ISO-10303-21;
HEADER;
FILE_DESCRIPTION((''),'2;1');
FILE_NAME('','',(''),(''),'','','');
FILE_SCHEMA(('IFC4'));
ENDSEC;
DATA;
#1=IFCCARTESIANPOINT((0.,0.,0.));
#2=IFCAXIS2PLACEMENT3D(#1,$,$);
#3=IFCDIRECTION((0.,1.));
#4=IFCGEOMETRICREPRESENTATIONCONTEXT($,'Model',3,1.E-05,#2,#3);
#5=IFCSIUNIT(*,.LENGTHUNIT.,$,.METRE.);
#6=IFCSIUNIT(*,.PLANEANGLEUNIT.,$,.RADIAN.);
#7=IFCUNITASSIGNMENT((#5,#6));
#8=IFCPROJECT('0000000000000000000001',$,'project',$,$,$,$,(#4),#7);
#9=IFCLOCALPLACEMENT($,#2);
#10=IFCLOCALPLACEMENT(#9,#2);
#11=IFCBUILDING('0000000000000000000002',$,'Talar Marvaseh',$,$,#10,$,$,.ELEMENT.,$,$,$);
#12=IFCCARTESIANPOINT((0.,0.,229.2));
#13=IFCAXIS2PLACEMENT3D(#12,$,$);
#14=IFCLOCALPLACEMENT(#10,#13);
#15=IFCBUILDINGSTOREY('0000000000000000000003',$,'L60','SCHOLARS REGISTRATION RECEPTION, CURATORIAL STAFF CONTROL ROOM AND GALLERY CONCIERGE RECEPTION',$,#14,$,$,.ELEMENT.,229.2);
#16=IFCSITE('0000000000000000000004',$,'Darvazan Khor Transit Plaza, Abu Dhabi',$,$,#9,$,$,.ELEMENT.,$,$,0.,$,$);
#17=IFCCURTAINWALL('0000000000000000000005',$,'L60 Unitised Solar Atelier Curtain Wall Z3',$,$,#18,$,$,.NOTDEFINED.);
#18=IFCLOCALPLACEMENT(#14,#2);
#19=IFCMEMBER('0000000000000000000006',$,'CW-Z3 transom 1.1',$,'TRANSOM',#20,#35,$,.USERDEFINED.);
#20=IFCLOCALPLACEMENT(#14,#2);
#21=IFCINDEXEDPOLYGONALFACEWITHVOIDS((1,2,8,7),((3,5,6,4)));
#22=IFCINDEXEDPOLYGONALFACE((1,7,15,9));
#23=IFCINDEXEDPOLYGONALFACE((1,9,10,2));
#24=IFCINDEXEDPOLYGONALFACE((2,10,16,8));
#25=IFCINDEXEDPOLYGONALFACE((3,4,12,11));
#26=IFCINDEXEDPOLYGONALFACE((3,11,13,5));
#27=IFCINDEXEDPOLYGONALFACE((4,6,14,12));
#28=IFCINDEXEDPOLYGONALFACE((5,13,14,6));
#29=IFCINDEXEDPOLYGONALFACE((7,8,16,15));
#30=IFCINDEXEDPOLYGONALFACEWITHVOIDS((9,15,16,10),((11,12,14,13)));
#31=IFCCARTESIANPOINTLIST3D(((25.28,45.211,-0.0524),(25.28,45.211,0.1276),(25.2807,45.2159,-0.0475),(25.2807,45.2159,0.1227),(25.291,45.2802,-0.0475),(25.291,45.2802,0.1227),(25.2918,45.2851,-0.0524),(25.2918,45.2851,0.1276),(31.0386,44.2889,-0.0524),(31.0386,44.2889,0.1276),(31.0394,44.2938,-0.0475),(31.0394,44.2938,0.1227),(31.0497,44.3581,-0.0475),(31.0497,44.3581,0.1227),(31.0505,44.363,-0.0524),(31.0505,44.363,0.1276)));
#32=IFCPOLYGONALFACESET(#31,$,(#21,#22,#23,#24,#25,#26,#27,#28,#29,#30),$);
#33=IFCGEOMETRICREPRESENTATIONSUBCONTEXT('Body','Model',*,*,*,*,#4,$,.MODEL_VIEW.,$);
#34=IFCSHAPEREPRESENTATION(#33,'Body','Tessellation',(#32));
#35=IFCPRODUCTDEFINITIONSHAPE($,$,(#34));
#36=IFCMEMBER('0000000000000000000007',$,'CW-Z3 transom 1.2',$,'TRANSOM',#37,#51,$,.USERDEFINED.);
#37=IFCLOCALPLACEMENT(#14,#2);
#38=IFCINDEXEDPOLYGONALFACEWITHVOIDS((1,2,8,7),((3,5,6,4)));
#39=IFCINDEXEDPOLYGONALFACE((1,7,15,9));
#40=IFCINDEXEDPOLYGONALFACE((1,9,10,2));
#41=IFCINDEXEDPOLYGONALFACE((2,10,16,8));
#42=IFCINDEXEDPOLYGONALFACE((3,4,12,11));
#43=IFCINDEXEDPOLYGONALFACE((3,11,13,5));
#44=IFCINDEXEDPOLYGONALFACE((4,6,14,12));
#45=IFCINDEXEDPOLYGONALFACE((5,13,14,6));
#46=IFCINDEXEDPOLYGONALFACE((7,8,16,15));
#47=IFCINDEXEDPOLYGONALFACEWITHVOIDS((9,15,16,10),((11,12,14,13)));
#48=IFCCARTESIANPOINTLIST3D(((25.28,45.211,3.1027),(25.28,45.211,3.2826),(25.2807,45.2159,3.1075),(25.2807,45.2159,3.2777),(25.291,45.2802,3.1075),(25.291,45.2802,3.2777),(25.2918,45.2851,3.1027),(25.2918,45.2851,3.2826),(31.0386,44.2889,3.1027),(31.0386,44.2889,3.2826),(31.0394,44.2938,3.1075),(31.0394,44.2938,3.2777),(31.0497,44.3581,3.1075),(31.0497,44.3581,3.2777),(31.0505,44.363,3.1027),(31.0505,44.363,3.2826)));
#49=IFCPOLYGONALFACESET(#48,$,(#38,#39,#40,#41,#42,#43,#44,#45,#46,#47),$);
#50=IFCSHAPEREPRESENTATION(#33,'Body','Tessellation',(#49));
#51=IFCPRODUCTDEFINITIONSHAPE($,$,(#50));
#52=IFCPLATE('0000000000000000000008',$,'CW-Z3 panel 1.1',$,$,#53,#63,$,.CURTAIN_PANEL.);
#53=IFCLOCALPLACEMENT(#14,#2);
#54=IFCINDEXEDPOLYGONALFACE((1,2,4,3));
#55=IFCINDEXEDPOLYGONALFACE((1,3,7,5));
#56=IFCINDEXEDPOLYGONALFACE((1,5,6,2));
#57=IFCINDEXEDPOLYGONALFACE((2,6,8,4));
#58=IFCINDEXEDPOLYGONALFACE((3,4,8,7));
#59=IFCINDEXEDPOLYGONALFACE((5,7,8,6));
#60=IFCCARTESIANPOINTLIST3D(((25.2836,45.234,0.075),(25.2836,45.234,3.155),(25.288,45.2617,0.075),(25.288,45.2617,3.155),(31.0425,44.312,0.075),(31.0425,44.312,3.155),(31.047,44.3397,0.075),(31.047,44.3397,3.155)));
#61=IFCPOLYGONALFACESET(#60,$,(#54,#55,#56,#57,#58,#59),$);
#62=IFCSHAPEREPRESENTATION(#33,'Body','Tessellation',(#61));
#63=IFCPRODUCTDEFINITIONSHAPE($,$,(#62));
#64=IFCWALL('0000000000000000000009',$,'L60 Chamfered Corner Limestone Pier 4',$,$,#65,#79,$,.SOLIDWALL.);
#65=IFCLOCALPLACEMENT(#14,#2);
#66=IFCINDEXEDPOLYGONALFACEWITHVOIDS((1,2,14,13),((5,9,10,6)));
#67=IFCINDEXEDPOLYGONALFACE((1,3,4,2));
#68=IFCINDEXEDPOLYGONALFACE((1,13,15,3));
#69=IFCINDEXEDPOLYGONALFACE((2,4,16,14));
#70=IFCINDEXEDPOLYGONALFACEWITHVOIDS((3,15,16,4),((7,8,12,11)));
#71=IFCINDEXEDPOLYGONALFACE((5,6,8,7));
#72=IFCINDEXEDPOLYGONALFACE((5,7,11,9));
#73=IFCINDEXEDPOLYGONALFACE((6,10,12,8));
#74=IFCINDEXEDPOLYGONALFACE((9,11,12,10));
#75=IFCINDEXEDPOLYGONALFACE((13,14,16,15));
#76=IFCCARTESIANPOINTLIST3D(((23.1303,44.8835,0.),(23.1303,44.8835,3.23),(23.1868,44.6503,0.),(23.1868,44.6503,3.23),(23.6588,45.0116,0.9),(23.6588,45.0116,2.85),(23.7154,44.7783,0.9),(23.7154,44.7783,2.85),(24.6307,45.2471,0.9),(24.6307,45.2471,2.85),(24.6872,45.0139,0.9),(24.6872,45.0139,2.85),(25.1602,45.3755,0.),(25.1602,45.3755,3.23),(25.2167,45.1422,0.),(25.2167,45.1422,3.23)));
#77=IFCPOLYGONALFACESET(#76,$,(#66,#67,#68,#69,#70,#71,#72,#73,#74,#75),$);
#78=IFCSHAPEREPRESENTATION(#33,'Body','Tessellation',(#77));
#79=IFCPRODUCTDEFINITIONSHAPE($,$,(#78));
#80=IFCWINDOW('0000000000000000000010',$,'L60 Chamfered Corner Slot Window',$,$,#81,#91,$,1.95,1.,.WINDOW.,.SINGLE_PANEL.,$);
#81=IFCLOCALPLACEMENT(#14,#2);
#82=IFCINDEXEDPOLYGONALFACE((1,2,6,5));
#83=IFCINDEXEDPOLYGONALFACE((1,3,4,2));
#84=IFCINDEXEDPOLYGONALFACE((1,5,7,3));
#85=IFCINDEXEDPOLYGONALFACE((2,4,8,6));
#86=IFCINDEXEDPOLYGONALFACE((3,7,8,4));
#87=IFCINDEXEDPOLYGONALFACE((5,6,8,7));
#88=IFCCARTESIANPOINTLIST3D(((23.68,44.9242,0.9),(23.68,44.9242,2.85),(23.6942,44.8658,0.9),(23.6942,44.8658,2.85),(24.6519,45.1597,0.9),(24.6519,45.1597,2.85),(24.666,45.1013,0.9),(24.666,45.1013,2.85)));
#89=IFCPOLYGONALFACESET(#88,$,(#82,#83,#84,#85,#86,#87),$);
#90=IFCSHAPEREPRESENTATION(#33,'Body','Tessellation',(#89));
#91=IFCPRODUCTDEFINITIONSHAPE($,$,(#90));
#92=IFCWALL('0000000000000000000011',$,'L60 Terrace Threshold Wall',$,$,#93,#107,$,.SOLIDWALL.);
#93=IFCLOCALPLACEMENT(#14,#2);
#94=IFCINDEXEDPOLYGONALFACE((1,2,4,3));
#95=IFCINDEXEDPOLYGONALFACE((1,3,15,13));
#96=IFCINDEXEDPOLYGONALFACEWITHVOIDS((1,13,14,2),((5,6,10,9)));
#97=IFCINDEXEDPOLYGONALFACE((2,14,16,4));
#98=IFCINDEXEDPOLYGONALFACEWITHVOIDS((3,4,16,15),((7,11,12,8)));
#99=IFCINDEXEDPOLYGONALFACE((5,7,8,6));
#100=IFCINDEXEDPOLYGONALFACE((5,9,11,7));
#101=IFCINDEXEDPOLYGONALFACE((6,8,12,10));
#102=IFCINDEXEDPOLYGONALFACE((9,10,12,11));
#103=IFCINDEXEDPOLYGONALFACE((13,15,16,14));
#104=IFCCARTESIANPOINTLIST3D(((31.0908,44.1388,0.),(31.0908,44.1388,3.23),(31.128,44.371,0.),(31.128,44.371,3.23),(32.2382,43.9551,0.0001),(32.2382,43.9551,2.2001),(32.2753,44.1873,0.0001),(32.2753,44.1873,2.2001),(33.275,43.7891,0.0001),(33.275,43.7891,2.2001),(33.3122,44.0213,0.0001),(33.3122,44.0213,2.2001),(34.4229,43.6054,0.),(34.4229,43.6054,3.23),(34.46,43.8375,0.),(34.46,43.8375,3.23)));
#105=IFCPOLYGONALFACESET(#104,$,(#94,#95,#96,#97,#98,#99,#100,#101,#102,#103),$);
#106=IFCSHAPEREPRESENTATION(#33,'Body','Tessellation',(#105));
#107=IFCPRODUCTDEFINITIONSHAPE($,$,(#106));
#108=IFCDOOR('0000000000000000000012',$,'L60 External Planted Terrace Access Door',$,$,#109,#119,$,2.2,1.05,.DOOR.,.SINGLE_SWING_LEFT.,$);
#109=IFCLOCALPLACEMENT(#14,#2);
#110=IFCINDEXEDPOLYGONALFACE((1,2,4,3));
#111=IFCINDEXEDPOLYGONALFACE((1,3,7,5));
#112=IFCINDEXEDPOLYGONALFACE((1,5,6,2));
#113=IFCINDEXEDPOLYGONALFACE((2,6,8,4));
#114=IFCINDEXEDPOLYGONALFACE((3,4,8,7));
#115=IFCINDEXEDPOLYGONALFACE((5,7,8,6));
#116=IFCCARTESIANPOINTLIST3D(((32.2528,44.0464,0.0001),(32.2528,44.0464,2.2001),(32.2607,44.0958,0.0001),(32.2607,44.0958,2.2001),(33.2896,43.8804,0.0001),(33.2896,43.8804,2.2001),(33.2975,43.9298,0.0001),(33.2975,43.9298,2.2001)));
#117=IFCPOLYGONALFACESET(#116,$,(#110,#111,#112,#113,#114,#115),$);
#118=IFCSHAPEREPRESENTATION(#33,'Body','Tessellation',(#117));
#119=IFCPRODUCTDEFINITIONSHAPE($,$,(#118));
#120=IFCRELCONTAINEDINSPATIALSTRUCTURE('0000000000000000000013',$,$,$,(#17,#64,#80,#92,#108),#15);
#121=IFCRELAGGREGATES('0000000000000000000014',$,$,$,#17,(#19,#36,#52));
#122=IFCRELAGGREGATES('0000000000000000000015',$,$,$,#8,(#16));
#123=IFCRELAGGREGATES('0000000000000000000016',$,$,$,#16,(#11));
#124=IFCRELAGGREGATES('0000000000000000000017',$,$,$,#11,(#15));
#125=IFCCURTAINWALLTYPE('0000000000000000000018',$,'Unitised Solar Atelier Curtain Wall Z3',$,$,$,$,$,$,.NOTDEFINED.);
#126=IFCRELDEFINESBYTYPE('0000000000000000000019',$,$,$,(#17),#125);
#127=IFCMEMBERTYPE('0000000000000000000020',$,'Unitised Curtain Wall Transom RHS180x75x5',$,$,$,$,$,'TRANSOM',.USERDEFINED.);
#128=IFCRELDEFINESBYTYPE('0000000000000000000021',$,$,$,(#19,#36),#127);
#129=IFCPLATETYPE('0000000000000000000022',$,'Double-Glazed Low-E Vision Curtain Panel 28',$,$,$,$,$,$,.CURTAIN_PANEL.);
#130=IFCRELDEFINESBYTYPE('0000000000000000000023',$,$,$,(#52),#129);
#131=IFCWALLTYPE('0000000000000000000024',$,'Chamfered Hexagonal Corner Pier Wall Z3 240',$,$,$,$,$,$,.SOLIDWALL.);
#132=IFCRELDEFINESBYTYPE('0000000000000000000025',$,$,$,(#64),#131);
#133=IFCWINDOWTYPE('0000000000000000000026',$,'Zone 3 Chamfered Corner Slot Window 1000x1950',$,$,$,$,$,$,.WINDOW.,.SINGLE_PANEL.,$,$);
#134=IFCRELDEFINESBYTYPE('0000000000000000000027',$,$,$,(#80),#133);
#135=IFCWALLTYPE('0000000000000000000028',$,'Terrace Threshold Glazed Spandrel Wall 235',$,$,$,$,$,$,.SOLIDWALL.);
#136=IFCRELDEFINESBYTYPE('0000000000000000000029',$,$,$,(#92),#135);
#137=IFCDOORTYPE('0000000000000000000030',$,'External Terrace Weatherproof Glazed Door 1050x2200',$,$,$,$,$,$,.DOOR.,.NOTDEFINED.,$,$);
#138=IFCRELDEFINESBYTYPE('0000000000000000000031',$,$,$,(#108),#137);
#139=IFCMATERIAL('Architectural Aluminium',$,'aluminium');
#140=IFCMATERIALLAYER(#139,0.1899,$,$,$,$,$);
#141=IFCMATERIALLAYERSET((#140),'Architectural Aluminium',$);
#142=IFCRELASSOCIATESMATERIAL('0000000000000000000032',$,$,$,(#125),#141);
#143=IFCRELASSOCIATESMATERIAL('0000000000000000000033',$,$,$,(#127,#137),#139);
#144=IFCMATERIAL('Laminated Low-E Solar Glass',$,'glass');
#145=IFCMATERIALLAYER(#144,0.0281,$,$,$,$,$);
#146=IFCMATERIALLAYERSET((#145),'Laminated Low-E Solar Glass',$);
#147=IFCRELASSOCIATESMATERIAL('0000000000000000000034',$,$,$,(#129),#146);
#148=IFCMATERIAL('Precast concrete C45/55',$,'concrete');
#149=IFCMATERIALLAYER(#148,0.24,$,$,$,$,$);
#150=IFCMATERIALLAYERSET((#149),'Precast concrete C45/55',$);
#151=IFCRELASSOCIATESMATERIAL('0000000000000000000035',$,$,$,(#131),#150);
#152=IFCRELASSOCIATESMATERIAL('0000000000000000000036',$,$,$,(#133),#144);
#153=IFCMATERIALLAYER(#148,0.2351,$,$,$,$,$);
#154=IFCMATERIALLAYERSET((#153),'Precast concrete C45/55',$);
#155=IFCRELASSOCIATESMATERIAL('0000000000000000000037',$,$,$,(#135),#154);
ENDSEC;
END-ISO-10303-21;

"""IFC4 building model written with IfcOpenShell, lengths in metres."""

from ifc_helpers import new_model, si_unit, direction, frame, frame_2d, origin, origin_2d, place, context, subcontext, project, spatial, rectangle, hollow_rectangle, extrude, source, transform, mapped, material, layer, layer_set, material_profile, profile_set, type_object, type_shapes, element, fill, aggregate, save


model = new_model("IFC4")

# Units and contexts
model_context = context("Model", 3, precision=1e-05, world=origin(), true_north=direction((0.0, 1.0)))
body_context = subcontext(model_context, "Body", "Model", "MODEL_VIEW")
ifc_project = project(units=[si_unit("LENGTHUNIT", "METRE"), si_unit("PLANEANGLEUNIT", "RADIAN")], contexts=[model_context])

# Site, building, storey
site_placement = place(None, origin())
site = spatial("IfcSite", under=ifc_project, at=site_placement, Name="Darvazan Khor Transit Plaza, Abu Dhabi", CompositionType="ELEMENT", RefElevation=0.0)
building_placement = place(site_placement, origin())
building = spatial("IfcBuilding", under=site, at=building_placement, Name="Talar Marvaseh", CompositionType="ELEMENT")
storey_placement = place(building_placement, frame((0.0, 0.0, 229.2)))
storey = spatial("IfcBuildingStorey", under=building, at=storey_placement, Name="L60", Description="SCHOLARS REGISTRATION RECEPTION, CURATORIAL STAFF CONTROL ROOM AND GALLERY CONCIERGE RECEPTION", CompositionType="ELEMENT", Elevation=229.2)

# Shared definitions
ifc_material_1 = material(Name="Architectural Aluminium", Category="aluminium")
ifc_layer_1 = layer(ifc_material_1, 0.1899)
ifc_layer_set_1 = layer_set([ifc_layer_1], Name="Architectural Aluminium")
curtain_wall_type = type_object("IfcCurtainWallType", Name="Unitised Solar Atelier Curtain Wall Z3", PredefinedType="NOTDEFINED", material=ifc_layer_set_1)

# Curtain wall
curtain_wall_1_placement = place(storey_placement, origin())
curtain_wall_1 = element("IfcCurtainWall", 1, at=curtain_wall_1_placement, inside=storey, type_object=curtain_wall_type, Name="L60 Unitised Solar Atelier Curtain Wall Z3", PredefinedType="NOTDEFINED")

# Members
ifc_material_profile_1 = material_profile(ifc_material_1, hollow_rectangle(XDim=0.075, YDim=0.1799, WallThickness=0.0049, at=origin_2d()), Name="RHS180x75x5")
ifc_profile_set_1 = profile_set([ifc_material_profile_1], Name="Architectural Aluminium")
member_type_1 = type_object("IfcMemberType", Name="Unitised Curtain Wall Transom RHS180x75x5", ElementType="TRANSOM", PredefinedType="USERDEFINED", material=ifc_profile_set_1)
shared_shape_1 = source(origin(), body_context, "Body", "SweptSolid", [
    extrude(hollow_rectangle(XDim=0.075, YDim=0.1799, WallThickness=0.0049, at=origin_2d()), origin(), (0.0, 0.0, 1.0), 5.832),
])
type_shapes(member_type_1, [shared_shape_1])
member_1_placement = place(storey_placement, frame((25.2859, 45.248, 0.0376), z_axis=(0.987422, -0.15811, 0.0), x_axis=(0.15811, 0.987422, 0.0)))
member_1 = element("IfcMember", 2, at=member_1_placement, type_object=member_type_1, Name="CW-Z3 transom 1.1", ObjectType="TRANSOM", PredefinedType="USERDEFINED", context=body_context, shape_type="MappedRepresentation", body=[
    mapped(shared_shape_1, transform((0.0, 0.0, 0.0), x_axis=(1.0, 0.0, 0.0), y_axis=(0.0, 1.0, 0.0), z_axis=(0.0, 0.0, 1.0), scale=1.0)),
])
member_2_placement = place(storey_placement, frame((25.2859, 45.248, 3.1926), z_axis=(0.987422, -0.15811, 0.0), x_axis=(0.15811, 0.987422, 0.0)))
member_2 = element("IfcMember", 3, at=member_2_placement, type_object=member_type_1, Name="CW-Z3 transom 1.2", ObjectType="TRANSOM", PredefinedType="USERDEFINED", context=body_context, shape_type="MappedRepresentation", body=[
    mapped(shared_shape_1, transform((0.0, 0.0, 0.0), x_axis=(1.0, 0.0, 0.0), y_axis=(0.0, 1.0, 0.0), z_axis=(0.0, 0.0, 1.0), scale=1.0)),
])

# Plate
ifc_material_2 = material(Name="Laminated Low-E Solar Glass", Category="glass")
ifc_layer_2 = layer(ifc_material_2, 0.0281)
ifc_layer_set_2 = layer_set([ifc_layer_2], Name="Laminated Low-E Solar Glass")
plate_type = type_object("IfcPlateType", Name="Double-Glazed Low-E Vision Curtain Panel 28", PredefinedType="CURTAIN_PANEL", material=ifc_layer_set_2)
shared_shape_2 = source(origin(), body_context, "Body", "SweptSolid", [
    extrude(rectangle(XDim=5.8323, YDim=0.0281, at=origin_2d()), origin(), (0.0, 0.0, 1.0), 3.0801),
])
type_shapes(plate_type, [shared_shape_2])
plate_placement = place(storey_placement, frame((28.1653, 44.7869, 0.075), z_axis=(0.0, 0.0, 1.0), x_axis=(0.987426, -0.158085, 0.0)))
plate = element("IfcPlate", 4, at=plate_placement, type_object=plate_type, Name="CW-Z3 panel 1.1", PredefinedType="CURTAIN_PANEL", context=body_context, shape_type="MappedRepresentation", body=[
    mapped(shared_shape_2, transform((0.0, 0.0, 0.0), x_axis=(1.0, 0.0, 0.0), y_axis=(0.0, 1.0, 0.0), z_axis=(0.0, 0.0, 1.0), scale=1.0)),
])
aggregate(curtain_wall_1, [member_1, member_2, plate])

# Wall, opening, window
ifc_material_3 = material(Name="Precast concrete C45/55", Category="concrete")
ifc_layer_3 = layer(ifc_material_3, 0.24)
ifc_layer_set_3 = layer_set([ifc_layer_3], Name="Precast concrete C45/55")
wall_type_1 = type_object("IfcWallType", Name="Chamfered Hexagonal Corner Pier Wall Z3 240", PredefinedType="SOLIDWALL", material=ifc_layer_set_3)
wall_1_placement = place(storey_placement, frame((23.1584, 44.7668, 0.0), z_axis=(0.0, 0.0, 1.0), x_axis=(0.971864, 0.235543, 0.0)))
wall_1 = element("IfcWall", 5, at=wall_1_placement, inside=storey, type_object=wall_type_1, Name="L60 Chamfered Corner Limestone Pier 4", PredefinedType="SOLIDWALL", context=body_context, shape_type="SweptSolid", body=[
    extrude(rectangle(XDim=2.0886, YDim=0.24, at=frame_2d((1.0444, 0.0))), origin(), (0.0, 0.0, 1.0), 3.23),
])
opening_1_placement = place(wall_1_placement, frame((0.5439, 0.0, 0.8999)))
opening_1 = element("IfcOpeningElement", 6, at=opening_1_placement, cuts=wall_1, PredefinedType="OPENING", context=body_context, shape_type="SweptSolid", body=[
    extrude(rectangle(XDim=1.0, YDim=1.95, at=frame_2d((0.5, 0.9751))), frame((0.0, 0.1299, 0.0), z_axis=(0.0, -1.0, 0.0), x_axis=(1.0, 0.0, 0.0)), (0.0, 0.0, 1.0), 0.26),
])
window_type = type_object("IfcWindowType", Name="Zone 3 Chamfered Corner Slot Window 1000x1950", PartitioningType="SINGLE_PANEL", PredefinedType="WINDOW", material=ifc_material_2)
shared_shape_3 = source(origin(), body_context, "Body", "SweptSolid", [
    extrude(rectangle(XDim=1.0, YDim=1.95, at=frame_2d((0.5, 0.9751))), frame((0.0, 0.03, 0.0), z_axis=(0.0, -1.0, 0.0), x_axis=(1.0, 0.0, 0.0)), (0.0, 0.0, 1.0), 0.0601),
])
type_shapes(window_type, [shared_shape_3])
window_placement = place(opening_1_placement, origin())
window = element("IfcWindow", 7, at=window_placement, inside=storey, type_object=window_type, Name="L60 Chamfered Corner Slot Window", OverallHeight=1.95, OverallWidth=1.0, PartitioningType="SINGLE_PANEL", PredefinedType="WINDOW", context=body_context, shape_type="MappedRepresentation", body=[
    mapped(shared_shape_3, transform((0.0, 0.0, 0.0), x_axis=(1.0, 0.0, 0.0), y_axis=(0.0, 1.0, 0.0), z_axis=(0.0, 0.0, 1.0), scale=1.0)),
])
fill(opening_1, window)

# Wall, opening, door
ifc_layer_4 = layer(ifc_material_3, 0.2351)
ifc_layer_set_4 = layer_set([ifc_layer_4], Name="Precast concrete C45/55")
wall_type_2 = type_object("IfcWallType", Name="Terrace Threshold Glazed Spandrel Wall 235", PredefinedType="SOLIDWALL", material=ifc_layer_set_4)
wall_2_placement = place(storey_placement, frame((31.1094, 44.2549, 0.0), z_axis=(0.0, 0.0, 1.0), x_axis=(0.987426, -0.158084, 0.0)))
wall_2 = element("IfcWall", 8, at=wall_2_placement, inside=storey, type_object=wall_type_2, Name="L60 Terrace Threshold Wall", PredefinedType="SOLIDWALL", context=body_context, shape_type="SweptSolid", body=[
    extrude(rectangle(XDim=3.3745, YDim=0.2351, at=frame_2d((1.6873, 0.0))), origin(), (0.0, 0.0, 1.0), 3.23),
])
opening_2_placement = place(wall_2_placement, frame((1.1621, 0.0, 0.0)))
opening_2 = element("IfcOpeningElement", 9, at=opening_2_placement, cuts=wall_2, PredefinedType="OPENING", context=body_context, shape_type="SweptSolid", body=[
    extrude(rectangle(XDim=1.05, YDim=2.2, at=frame_2d((0.5249, 1.1001))), frame((0.0, 0.1274, 0.0), z_axis=(0.0, -1.0, 0.0), x_axis=(1.0, 0.0, 0.0)), (0.0, 0.0, 1.0), 0.2551),
])
door_type_1 = type_object("IfcDoorType", Name="External Terrace Weatherproof Glazed Door 1050x2200", OperationType="NOTDEFINED", PredefinedType="DOOR", material=ifc_material_1)
shared_shape_4 = source(origin(), body_context, "Body", "SweptSolid", [
    extrude(rectangle(XDim=1.05, YDim=2.2, at=frame_2d((0.5249, 1.1001))), frame((0.0, 0.0249, 0.0), z_axis=(0.0, -1.0, 0.0), x_axis=(1.0, 0.0, 0.0)), (0.0, 0.0, 1.0), 0.05),
])
type_shapes(door_type_1, [shared_shape_4])
door_1_placement = place(opening_2_placement, origin())
door_1 = element("IfcDoor", 10, at=door_1_placement, inside=storey, type_object=door_type_1, Name="L60 External Planted Terrace Access Door", OperationType="SINGLE_SWING_LEFT", OverallHeight=2.2, OverallWidth=1.05, PredefinedType="DOOR", context=body_context, shape_type="MappedRepresentation", body=[
    mapped(shared_shape_4, transform((0.0, 0.0, 0.0), x_axis=(1.0, 0.0, 0.0), y_axis=(0.0, 1.0, 0.0), z_axis=(0.0, 0.0, 1.0), scale=1.0)),
])
fill(opening_2, door_1)

save(model, "model.ifc")
